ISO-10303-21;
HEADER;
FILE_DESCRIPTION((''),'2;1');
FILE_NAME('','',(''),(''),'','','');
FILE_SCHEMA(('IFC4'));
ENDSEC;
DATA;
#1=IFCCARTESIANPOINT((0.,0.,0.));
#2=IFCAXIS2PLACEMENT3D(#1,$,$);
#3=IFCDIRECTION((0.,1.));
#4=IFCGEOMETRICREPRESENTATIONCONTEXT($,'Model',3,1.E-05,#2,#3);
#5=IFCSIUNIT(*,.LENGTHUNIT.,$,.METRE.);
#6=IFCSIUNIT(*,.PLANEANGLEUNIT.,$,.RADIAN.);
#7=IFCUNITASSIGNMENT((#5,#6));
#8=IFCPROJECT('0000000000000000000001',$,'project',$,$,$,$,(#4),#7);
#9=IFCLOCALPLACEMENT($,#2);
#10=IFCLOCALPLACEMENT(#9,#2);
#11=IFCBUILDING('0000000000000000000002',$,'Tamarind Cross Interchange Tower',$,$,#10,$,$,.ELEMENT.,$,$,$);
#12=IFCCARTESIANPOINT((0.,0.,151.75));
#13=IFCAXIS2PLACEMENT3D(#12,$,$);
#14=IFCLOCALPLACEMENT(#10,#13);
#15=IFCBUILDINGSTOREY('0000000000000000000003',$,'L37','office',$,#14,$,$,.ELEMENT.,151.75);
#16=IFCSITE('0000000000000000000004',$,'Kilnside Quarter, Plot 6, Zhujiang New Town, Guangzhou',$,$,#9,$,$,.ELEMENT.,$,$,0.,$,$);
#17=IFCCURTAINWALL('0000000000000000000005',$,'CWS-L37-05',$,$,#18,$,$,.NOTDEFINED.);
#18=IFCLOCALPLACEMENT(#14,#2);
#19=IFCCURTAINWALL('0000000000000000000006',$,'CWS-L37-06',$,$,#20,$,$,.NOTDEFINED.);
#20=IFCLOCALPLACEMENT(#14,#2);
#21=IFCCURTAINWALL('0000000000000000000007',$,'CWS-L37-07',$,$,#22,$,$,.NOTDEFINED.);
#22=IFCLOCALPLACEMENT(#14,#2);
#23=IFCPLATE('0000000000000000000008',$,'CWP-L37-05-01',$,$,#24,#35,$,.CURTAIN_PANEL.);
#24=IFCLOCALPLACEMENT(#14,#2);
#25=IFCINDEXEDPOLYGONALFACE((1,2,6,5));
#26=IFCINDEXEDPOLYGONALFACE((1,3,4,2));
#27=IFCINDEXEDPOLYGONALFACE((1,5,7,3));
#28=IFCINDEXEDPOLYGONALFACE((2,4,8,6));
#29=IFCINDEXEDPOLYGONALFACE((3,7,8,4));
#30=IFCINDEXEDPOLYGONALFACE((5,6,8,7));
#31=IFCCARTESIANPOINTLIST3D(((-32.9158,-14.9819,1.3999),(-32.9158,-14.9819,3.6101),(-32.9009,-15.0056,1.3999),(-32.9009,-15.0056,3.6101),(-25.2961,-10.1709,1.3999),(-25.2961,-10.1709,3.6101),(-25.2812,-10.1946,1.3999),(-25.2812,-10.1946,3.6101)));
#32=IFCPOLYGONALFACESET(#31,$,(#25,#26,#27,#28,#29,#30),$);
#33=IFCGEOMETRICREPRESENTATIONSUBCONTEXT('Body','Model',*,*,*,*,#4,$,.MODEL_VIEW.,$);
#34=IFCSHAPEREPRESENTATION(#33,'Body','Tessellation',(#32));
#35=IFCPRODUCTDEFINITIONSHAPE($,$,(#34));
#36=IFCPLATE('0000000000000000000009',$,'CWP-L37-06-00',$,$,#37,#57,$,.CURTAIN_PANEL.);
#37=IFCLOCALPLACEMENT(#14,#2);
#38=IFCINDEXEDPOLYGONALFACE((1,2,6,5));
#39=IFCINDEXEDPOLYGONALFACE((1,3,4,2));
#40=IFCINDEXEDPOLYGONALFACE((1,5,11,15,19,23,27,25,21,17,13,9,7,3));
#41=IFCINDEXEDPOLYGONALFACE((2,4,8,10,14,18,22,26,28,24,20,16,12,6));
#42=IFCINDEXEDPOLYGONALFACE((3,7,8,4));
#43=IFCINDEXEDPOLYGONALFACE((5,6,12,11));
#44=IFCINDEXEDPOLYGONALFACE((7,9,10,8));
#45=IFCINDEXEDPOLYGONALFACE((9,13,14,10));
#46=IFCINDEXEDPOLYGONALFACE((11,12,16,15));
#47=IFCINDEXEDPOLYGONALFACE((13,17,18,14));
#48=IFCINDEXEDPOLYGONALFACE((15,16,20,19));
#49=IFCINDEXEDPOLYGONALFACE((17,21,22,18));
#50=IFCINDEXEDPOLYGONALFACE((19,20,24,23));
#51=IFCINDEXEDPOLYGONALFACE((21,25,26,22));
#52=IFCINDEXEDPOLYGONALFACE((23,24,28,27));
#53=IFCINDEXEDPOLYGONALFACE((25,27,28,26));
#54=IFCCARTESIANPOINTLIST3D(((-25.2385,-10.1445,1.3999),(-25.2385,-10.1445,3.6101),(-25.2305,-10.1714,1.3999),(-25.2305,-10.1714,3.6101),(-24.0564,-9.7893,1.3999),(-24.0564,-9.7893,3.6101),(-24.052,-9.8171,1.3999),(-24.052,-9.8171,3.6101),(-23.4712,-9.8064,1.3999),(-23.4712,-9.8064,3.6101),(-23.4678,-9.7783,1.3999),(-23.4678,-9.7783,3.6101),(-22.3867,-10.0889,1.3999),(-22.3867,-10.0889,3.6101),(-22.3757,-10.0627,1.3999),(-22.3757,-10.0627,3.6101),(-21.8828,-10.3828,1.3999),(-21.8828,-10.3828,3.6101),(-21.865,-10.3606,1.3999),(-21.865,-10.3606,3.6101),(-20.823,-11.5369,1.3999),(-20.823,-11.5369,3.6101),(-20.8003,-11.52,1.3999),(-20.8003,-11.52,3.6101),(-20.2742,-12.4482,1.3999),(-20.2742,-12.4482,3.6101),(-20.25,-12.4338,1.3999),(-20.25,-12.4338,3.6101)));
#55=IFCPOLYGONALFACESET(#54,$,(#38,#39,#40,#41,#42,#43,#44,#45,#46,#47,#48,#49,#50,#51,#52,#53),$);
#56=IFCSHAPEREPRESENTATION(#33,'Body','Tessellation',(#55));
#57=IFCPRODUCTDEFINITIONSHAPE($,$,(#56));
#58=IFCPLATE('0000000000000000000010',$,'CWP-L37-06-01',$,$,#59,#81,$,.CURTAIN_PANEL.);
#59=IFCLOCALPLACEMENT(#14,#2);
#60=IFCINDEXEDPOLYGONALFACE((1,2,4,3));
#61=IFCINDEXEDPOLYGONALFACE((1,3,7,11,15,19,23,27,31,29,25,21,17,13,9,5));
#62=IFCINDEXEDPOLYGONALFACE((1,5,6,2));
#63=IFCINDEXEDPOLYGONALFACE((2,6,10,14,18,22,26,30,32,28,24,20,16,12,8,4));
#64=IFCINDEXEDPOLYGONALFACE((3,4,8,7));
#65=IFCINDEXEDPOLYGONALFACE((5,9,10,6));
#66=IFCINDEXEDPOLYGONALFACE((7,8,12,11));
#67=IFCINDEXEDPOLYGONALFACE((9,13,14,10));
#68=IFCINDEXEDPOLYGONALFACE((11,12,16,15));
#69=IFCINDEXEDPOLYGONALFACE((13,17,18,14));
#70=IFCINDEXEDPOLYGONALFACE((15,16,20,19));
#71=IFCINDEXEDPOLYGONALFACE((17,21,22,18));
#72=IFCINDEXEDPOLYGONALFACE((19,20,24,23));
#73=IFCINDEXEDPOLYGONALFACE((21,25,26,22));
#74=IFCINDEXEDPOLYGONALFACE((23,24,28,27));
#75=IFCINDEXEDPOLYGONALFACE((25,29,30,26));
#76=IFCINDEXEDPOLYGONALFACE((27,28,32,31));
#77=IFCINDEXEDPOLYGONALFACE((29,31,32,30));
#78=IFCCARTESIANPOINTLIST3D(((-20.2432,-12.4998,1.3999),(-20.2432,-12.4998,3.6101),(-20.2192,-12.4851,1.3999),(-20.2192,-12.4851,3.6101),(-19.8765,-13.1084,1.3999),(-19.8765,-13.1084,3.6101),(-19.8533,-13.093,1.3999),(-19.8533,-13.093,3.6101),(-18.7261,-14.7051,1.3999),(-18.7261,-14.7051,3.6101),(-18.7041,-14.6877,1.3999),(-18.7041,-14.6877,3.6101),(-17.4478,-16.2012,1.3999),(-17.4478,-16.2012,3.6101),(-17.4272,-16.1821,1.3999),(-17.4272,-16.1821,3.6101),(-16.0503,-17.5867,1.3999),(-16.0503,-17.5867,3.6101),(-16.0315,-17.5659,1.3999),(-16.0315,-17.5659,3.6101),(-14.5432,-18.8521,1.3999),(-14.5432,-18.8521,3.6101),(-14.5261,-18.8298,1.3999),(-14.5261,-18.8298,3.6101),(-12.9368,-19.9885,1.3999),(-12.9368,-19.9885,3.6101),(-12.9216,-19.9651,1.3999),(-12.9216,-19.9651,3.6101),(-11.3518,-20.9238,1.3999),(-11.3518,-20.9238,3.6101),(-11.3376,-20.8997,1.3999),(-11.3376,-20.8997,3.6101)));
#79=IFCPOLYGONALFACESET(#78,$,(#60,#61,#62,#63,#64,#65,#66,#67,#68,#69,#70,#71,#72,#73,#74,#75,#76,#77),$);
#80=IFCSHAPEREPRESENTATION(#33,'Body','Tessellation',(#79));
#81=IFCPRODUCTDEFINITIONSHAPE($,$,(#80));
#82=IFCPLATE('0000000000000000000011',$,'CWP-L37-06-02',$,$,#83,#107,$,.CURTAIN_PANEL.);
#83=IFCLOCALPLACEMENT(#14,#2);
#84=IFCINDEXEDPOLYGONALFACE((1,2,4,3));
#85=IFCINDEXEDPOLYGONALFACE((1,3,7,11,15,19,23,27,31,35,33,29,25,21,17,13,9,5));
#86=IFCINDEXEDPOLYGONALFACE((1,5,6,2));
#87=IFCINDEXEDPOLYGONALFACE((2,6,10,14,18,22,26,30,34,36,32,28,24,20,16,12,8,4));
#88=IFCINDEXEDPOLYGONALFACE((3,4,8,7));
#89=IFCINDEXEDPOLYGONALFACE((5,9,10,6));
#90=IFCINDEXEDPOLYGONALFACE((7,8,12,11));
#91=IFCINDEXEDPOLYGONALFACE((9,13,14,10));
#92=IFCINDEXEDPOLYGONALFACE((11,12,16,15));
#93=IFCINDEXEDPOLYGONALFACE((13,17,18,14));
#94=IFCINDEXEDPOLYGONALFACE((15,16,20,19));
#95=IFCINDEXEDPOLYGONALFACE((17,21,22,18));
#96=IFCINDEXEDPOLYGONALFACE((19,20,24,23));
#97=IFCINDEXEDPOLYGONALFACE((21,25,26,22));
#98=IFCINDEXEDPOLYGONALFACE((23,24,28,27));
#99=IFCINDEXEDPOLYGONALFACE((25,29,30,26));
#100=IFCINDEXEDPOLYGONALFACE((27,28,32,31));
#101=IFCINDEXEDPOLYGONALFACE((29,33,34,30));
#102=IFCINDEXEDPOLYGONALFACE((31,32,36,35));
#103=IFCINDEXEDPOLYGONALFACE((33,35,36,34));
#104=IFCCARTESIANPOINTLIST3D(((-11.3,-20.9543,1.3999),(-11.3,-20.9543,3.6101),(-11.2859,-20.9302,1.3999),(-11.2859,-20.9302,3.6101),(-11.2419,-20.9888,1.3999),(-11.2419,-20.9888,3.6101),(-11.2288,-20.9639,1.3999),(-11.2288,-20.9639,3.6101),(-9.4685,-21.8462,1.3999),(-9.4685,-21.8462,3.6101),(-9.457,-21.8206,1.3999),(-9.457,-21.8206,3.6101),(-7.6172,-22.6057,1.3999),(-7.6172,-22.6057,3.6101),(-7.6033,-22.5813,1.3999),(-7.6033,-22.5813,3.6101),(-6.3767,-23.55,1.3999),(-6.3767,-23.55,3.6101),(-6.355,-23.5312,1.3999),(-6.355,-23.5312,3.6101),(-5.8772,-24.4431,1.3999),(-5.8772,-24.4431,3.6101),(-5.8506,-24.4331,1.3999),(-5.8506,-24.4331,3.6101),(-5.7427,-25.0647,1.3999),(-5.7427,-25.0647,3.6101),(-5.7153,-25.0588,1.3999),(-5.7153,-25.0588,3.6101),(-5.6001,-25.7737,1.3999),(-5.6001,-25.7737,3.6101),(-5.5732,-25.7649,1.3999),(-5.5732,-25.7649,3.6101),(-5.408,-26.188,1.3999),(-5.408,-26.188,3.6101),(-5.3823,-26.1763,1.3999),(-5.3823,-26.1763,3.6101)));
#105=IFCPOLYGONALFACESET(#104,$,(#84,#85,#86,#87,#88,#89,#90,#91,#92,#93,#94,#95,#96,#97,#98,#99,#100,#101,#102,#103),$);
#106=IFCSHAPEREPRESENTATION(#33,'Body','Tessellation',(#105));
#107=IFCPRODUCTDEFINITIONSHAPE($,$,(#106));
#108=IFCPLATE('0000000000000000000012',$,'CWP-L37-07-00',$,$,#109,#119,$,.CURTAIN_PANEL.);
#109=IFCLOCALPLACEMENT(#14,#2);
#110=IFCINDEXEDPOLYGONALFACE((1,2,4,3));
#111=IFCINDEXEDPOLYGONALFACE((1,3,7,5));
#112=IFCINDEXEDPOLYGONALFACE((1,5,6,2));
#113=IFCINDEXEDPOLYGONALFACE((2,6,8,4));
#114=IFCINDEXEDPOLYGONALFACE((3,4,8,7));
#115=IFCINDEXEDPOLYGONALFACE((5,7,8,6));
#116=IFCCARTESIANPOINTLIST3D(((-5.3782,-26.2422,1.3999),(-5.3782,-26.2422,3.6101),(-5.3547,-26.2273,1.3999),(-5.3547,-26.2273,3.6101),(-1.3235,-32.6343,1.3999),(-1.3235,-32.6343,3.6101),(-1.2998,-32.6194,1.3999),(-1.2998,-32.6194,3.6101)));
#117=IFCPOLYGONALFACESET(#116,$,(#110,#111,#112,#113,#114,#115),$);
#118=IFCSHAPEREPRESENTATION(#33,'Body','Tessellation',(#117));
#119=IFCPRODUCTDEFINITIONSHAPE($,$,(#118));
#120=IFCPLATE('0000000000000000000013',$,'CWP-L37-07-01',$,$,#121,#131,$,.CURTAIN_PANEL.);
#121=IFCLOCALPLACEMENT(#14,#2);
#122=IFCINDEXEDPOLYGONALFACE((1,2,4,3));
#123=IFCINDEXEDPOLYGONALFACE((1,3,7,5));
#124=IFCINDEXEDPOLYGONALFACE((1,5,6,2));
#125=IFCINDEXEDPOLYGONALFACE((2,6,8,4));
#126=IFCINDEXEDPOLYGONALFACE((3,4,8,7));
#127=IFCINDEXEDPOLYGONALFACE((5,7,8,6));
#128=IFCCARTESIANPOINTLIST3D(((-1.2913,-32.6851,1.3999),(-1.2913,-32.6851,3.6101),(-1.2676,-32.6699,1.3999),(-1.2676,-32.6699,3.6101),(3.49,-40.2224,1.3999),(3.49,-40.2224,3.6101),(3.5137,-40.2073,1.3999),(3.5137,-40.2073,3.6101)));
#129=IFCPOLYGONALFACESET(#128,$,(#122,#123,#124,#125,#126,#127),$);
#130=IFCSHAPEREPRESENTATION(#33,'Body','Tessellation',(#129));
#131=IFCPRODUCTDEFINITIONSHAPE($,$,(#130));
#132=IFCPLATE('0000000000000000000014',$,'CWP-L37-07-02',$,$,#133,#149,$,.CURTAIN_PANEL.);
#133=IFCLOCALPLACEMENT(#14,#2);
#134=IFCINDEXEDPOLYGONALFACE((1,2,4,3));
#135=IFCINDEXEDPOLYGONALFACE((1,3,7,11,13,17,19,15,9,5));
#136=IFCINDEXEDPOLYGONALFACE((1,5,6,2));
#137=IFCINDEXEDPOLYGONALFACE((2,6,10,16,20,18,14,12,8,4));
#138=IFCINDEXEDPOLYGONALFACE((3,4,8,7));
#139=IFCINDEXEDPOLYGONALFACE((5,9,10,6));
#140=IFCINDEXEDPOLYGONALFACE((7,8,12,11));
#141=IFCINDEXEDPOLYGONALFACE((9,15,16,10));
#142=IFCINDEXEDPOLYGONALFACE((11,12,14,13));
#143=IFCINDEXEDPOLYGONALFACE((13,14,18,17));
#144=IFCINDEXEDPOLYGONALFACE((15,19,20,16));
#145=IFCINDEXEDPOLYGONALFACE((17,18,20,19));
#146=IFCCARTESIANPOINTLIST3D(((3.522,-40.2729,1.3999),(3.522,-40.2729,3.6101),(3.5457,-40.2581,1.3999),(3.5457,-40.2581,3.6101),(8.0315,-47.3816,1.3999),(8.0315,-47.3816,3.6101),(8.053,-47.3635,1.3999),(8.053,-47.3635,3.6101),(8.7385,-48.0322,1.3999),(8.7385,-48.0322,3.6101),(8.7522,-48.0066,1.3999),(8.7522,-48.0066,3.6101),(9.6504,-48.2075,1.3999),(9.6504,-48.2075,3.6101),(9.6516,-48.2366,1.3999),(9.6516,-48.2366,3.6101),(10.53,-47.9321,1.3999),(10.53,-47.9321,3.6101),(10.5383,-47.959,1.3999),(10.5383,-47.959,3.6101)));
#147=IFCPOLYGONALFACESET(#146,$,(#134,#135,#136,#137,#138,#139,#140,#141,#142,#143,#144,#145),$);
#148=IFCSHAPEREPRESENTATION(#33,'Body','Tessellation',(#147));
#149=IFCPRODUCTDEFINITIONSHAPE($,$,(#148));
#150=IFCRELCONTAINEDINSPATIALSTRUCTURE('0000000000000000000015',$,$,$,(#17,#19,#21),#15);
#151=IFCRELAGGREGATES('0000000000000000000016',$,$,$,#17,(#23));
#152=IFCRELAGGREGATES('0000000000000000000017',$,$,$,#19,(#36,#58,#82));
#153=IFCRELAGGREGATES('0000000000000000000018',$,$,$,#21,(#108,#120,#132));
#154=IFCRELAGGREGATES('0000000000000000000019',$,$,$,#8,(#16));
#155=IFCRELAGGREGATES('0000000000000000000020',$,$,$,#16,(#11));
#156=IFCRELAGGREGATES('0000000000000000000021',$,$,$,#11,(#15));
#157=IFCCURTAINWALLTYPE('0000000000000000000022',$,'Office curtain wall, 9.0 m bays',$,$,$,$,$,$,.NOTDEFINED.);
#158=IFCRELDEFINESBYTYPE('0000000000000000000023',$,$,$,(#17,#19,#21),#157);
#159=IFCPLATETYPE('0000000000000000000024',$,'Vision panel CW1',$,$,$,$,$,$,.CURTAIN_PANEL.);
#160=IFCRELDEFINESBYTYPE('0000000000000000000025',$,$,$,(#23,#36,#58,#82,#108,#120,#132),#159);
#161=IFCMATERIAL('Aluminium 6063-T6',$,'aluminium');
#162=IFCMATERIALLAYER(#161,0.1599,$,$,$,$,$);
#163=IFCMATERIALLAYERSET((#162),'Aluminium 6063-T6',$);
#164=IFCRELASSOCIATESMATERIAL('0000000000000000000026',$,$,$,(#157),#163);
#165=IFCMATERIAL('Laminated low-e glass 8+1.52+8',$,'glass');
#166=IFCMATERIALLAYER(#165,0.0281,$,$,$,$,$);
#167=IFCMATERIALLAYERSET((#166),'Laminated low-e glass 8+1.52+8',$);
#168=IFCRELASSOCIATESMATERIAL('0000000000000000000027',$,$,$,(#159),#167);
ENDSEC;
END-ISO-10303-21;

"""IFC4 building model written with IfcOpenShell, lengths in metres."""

from ifc_helpers import new_model, si_unit, direction, frame, origin, place, context, subcontext, project, spatial, polyline, outline, extrude, material, layer, layer_set, type_object, element, aggregate, save


model = new_model("IFC4")

# Units and contexts
model_context = context("Model", 3, precision=1e-05, world=origin(), true_north=direction((0.0, 1.0)))
body_context = subcontext(model_context, "Body", "Model", "MODEL_VIEW")
ifc_project = project(units=[si_unit("LENGTHUNIT", "METRE"), si_unit("PLANEANGLEUNIT", "RADIAN")], contexts=[model_context])

# Site, building, storey
site_placement = place(None, origin())
site = spatial("IfcSite", under=ifc_project, at=site_placement, Name="Kilnside Quarter, Plot 6, Zhujiang New Town, Guangzhou", CompositionType="ELEMENT", RefElevation=0.0)
building_placement = place(site_placement, origin())
building = spatial("IfcBuilding", under=site, at=building_placement, Name="Tamarind Cross Interchange Tower", CompositionType="ELEMENT")
storey_placement = place(building_placement, frame((0.0, 0.0, 151.75)))
storey = spatial("IfcBuildingStorey", under=building, at=storey_placement, Name="L37", Description="office", CompositionType="ELEMENT", Elevation=151.75)

# Curtain walls
ifc_material_1 = material(Name="Aluminium 6063-T6", Category="aluminium")
ifc_layer_1 = layer(ifc_material_1, 0.1599)
ifc_layer_set_1 = layer_set([ifc_layer_1], Name="Aluminium 6063-T6")
curtain_wall_type = type_object("IfcCurtainWallType", Name="Office curtain wall, 9.0 m bays", PredefinedType="NOTDEFINED", material=ifc_layer_set_1)
curtain_wall_1_placement = place(storey_placement, origin())
curtain_wall_1 = element("IfcCurtainWall", 1, at=curtain_wall_1_placement, inside=storey, type_object=curtain_wall_type, Name="CWS-L37-05", PredefinedType="NOTDEFINED")
curtain_wall_2_placement = place(storey_placement, origin())
curtain_wall_2 = element("IfcCurtainWall", 2, at=curtain_wall_2_placement, inside=storey, type_object=curtain_wall_type, Name="CWS-L37-06", PredefinedType="NOTDEFINED")
curtain_wall_3_placement = place(storey_placement, origin())
curtain_wall_3 = element("IfcCurtainWall", 3, at=curtain_wall_3_placement, inside=storey, type_object=curtain_wall_type, Name="CWS-L37-07", PredefinedType="NOTDEFINED")

# Plates
ifc_material_2 = material(Name="Laminated low-e glass 8+1.52+8", Category="glass")
ifc_layer_2 = layer(ifc_material_2, 0.0281)
ifc_layer_set_2 = layer_set([ifc_layer_2], Name="Laminated low-e glass 8+1.52+8")
plate_type = type_object("IfcPlateType", Name="Vision panel CW1", PredefinedType="CURTAIN_PANEL", material=ifc_layer_set_2)
plate_1_placement = place(storey_placement, frame((0.0, 0.0, 1.3999)))
plate_1 = element("IfcPlate", 4, at=plate_1_placement, type_object=plate_type, Name="CWP-L37-05-01", PredefinedType="CURTAIN_PANEL", context=body_context, shape_type="SweptSolid", body=[
    extrude(outline(polyline([(-32.9158, -14.9819), (-25.2961, -10.1709), (-25.2812, -10.1946), (-32.9009, -15.0056), (-32.9158, -14.9819)])), origin(), (0.0, 0.0, 1.0), 2.2102),
])
aggregate(curtain_wall_1, [plate_1])
plate_2_placement = place(storey_placement, frame((0.0, 0.0, 1.3999)))
plate_2 = element("IfcPlate", 5, at=plate_2_placement, type_object=plate_type, Name="CWP-L37-06-00", PredefinedType="CURTAIN_PANEL", context=body_context, shape_type="SweptSolid", body=[
    extrude(outline(polyline([(-25.2385, -10.1445), (-24.0564, -9.7893), (-23.4678, -9.7783), (-22.3757, -10.0627), (-21.865, -10.3606), (-20.8003, -11.52), (-20.25, -12.4338), (-20.2742, -12.4482), (-20.823, -11.5369), (-21.8828, -10.3828), (-22.3867, -10.0889), (-23.4712, -9.8064), (-24.052, -9.8171), (-25.2305, -10.1714), (-25.2385, -10.1445)])), origin(), (0.0, 0.0, 1.0), 2.2102),
])
plate_3_placement = place(storey_placement, frame((0.0, 0.0, 1.3999)))
plate_3 = element("IfcPlate", 6, at=plate_3_placement, type_object=plate_type, Name="CWP-L37-06-01", PredefinedType="CURTAIN_PANEL", context=body_context, shape_type="SweptSolid", body=[
    extrude(outline(polyline([(-20.2192, -12.4851), (-19.8533, -13.093), (-18.7041, -14.6877), (-17.4272, -16.1821), (-16.0315, -17.5659), (-14.5261, -18.8298), (-12.9216, -19.9651), (-11.3376, -20.8997), (-11.3518, -20.9238), (-12.9368, -19.9885), (-14.5432, -18.8521), (-16.0503, -17.5867), (-17.4478, -16.2012), (-18.7261, -14.7051), (-19.8765, -13.1084), (-20.2432, -12.4998), (-20.2192, -12.4851)])), origin(), (0.0, 0.0, 1.0), 2.2102),
])
plate_4_placement = place(storey_placement, frame((0.0, 0.0, 1.3999)))
plate_4 = element("IfcPlate", 7, at=plate_4_placement, type_object=plate_type, Name="CWP-L37-06-02", PredefinedType="CURTAIN_PANEL", context=body_context, shape_type="SweptSolid", body=[
    extrude(outline(polyline([(-11.2859, -20.9302), (-11.2288, -20.9639), (-9.457, -21.8206), (-7.6033, -22.5813), (-6.355, -23.5312), (-5.8506, -24.4331), (-5.7153, -25.0588), (-5.5732, -25.7649), (-5.3823, -26.1763), (-5.408, -26.188), (-5.6001, -25.7737), (-5.7427, -25.0647), (-5.8772, -24.4431), (-6.3767, -23.55), (-7.6172, -22.6057), (-9.4685, -21.8462), (-11.2419, -20.9888), (-11.3, -20.9543), (-11.2859, -20.9302)])), origin(), (0.0, 0.0, 1.0), 2.2102),
])
aggregate(curtain_wall_2, [plate_2, plate_3, plate_4])
plate_5_placement = place(storey_placement, frame((0.0, 0.0, 1.3999)))
plate_5 = element("IfcPlate", 8, at=plate_5_placement, type_object=plate_type, Name="CWP-L37-07-00", PredefinedType="CURTAIN_PANEL", context=body_context, shape_type="SweptSolid", body=[
    extrude(outline(polyline([(-5.3547, -26.2273), (-1.2998, -32.6194), (-1.3235, -32.6343), (-5.3782, -26.2422), (-5.3547, -26.2273)])), origin(), (0.0, 0.0, 1.0), 2.2102),
])
plate_6_placement = place(storey_placement, frame((0.0, 0.0, 1.3999)))
plate_6 = element("IfcPlate", 9, at=plate_6_placement, type_object=plate_type, Name="CWP-L37-07-01", PredefinedType="CURTAIN_PANEL", context=body_context, shape_type="SweptSolid", body=[
    extrude(outline(polyline([(-1.2676, -32.6699), (3.5137, -40.2073), (3.49, -40.2224), (-1.2913, -32.6851), (-1.2676, -32.6699)])), origin(), (0.0, 0.0, 1.0), 2.2102),
])
plate_7_placement = place(storey_placement, frame((0.0, 0.0, 1.3999)))
plate_7 = element("IfcPlate", 10, at=plate_7_placement, type_object=plate_type, Name="CWP-L37-07-02", PredefinedType="CURTAIN_PANEL", context=body_context, shape_type="SweptSolid", body=[
    extrude(outline(polyline([(3.5457, -40.2581), (8.053, -47.3635), (8.7522, -48.0066), (9.6504, -48.2075), (10.53, -47.9321), (10.5383, -47.959), (9.6516, -48.2366), (8.7385, -48.0322), (8.0315, -47.3816), (3.522, -40.2729), (3.5457, -40.2581)])), origin(), (0.0, 0.0, 1.0), 2.2102),
])
aggregate(curtain_wall_3, [plate_5, plate_6, plate_7])

save(model, "model.ifc")
